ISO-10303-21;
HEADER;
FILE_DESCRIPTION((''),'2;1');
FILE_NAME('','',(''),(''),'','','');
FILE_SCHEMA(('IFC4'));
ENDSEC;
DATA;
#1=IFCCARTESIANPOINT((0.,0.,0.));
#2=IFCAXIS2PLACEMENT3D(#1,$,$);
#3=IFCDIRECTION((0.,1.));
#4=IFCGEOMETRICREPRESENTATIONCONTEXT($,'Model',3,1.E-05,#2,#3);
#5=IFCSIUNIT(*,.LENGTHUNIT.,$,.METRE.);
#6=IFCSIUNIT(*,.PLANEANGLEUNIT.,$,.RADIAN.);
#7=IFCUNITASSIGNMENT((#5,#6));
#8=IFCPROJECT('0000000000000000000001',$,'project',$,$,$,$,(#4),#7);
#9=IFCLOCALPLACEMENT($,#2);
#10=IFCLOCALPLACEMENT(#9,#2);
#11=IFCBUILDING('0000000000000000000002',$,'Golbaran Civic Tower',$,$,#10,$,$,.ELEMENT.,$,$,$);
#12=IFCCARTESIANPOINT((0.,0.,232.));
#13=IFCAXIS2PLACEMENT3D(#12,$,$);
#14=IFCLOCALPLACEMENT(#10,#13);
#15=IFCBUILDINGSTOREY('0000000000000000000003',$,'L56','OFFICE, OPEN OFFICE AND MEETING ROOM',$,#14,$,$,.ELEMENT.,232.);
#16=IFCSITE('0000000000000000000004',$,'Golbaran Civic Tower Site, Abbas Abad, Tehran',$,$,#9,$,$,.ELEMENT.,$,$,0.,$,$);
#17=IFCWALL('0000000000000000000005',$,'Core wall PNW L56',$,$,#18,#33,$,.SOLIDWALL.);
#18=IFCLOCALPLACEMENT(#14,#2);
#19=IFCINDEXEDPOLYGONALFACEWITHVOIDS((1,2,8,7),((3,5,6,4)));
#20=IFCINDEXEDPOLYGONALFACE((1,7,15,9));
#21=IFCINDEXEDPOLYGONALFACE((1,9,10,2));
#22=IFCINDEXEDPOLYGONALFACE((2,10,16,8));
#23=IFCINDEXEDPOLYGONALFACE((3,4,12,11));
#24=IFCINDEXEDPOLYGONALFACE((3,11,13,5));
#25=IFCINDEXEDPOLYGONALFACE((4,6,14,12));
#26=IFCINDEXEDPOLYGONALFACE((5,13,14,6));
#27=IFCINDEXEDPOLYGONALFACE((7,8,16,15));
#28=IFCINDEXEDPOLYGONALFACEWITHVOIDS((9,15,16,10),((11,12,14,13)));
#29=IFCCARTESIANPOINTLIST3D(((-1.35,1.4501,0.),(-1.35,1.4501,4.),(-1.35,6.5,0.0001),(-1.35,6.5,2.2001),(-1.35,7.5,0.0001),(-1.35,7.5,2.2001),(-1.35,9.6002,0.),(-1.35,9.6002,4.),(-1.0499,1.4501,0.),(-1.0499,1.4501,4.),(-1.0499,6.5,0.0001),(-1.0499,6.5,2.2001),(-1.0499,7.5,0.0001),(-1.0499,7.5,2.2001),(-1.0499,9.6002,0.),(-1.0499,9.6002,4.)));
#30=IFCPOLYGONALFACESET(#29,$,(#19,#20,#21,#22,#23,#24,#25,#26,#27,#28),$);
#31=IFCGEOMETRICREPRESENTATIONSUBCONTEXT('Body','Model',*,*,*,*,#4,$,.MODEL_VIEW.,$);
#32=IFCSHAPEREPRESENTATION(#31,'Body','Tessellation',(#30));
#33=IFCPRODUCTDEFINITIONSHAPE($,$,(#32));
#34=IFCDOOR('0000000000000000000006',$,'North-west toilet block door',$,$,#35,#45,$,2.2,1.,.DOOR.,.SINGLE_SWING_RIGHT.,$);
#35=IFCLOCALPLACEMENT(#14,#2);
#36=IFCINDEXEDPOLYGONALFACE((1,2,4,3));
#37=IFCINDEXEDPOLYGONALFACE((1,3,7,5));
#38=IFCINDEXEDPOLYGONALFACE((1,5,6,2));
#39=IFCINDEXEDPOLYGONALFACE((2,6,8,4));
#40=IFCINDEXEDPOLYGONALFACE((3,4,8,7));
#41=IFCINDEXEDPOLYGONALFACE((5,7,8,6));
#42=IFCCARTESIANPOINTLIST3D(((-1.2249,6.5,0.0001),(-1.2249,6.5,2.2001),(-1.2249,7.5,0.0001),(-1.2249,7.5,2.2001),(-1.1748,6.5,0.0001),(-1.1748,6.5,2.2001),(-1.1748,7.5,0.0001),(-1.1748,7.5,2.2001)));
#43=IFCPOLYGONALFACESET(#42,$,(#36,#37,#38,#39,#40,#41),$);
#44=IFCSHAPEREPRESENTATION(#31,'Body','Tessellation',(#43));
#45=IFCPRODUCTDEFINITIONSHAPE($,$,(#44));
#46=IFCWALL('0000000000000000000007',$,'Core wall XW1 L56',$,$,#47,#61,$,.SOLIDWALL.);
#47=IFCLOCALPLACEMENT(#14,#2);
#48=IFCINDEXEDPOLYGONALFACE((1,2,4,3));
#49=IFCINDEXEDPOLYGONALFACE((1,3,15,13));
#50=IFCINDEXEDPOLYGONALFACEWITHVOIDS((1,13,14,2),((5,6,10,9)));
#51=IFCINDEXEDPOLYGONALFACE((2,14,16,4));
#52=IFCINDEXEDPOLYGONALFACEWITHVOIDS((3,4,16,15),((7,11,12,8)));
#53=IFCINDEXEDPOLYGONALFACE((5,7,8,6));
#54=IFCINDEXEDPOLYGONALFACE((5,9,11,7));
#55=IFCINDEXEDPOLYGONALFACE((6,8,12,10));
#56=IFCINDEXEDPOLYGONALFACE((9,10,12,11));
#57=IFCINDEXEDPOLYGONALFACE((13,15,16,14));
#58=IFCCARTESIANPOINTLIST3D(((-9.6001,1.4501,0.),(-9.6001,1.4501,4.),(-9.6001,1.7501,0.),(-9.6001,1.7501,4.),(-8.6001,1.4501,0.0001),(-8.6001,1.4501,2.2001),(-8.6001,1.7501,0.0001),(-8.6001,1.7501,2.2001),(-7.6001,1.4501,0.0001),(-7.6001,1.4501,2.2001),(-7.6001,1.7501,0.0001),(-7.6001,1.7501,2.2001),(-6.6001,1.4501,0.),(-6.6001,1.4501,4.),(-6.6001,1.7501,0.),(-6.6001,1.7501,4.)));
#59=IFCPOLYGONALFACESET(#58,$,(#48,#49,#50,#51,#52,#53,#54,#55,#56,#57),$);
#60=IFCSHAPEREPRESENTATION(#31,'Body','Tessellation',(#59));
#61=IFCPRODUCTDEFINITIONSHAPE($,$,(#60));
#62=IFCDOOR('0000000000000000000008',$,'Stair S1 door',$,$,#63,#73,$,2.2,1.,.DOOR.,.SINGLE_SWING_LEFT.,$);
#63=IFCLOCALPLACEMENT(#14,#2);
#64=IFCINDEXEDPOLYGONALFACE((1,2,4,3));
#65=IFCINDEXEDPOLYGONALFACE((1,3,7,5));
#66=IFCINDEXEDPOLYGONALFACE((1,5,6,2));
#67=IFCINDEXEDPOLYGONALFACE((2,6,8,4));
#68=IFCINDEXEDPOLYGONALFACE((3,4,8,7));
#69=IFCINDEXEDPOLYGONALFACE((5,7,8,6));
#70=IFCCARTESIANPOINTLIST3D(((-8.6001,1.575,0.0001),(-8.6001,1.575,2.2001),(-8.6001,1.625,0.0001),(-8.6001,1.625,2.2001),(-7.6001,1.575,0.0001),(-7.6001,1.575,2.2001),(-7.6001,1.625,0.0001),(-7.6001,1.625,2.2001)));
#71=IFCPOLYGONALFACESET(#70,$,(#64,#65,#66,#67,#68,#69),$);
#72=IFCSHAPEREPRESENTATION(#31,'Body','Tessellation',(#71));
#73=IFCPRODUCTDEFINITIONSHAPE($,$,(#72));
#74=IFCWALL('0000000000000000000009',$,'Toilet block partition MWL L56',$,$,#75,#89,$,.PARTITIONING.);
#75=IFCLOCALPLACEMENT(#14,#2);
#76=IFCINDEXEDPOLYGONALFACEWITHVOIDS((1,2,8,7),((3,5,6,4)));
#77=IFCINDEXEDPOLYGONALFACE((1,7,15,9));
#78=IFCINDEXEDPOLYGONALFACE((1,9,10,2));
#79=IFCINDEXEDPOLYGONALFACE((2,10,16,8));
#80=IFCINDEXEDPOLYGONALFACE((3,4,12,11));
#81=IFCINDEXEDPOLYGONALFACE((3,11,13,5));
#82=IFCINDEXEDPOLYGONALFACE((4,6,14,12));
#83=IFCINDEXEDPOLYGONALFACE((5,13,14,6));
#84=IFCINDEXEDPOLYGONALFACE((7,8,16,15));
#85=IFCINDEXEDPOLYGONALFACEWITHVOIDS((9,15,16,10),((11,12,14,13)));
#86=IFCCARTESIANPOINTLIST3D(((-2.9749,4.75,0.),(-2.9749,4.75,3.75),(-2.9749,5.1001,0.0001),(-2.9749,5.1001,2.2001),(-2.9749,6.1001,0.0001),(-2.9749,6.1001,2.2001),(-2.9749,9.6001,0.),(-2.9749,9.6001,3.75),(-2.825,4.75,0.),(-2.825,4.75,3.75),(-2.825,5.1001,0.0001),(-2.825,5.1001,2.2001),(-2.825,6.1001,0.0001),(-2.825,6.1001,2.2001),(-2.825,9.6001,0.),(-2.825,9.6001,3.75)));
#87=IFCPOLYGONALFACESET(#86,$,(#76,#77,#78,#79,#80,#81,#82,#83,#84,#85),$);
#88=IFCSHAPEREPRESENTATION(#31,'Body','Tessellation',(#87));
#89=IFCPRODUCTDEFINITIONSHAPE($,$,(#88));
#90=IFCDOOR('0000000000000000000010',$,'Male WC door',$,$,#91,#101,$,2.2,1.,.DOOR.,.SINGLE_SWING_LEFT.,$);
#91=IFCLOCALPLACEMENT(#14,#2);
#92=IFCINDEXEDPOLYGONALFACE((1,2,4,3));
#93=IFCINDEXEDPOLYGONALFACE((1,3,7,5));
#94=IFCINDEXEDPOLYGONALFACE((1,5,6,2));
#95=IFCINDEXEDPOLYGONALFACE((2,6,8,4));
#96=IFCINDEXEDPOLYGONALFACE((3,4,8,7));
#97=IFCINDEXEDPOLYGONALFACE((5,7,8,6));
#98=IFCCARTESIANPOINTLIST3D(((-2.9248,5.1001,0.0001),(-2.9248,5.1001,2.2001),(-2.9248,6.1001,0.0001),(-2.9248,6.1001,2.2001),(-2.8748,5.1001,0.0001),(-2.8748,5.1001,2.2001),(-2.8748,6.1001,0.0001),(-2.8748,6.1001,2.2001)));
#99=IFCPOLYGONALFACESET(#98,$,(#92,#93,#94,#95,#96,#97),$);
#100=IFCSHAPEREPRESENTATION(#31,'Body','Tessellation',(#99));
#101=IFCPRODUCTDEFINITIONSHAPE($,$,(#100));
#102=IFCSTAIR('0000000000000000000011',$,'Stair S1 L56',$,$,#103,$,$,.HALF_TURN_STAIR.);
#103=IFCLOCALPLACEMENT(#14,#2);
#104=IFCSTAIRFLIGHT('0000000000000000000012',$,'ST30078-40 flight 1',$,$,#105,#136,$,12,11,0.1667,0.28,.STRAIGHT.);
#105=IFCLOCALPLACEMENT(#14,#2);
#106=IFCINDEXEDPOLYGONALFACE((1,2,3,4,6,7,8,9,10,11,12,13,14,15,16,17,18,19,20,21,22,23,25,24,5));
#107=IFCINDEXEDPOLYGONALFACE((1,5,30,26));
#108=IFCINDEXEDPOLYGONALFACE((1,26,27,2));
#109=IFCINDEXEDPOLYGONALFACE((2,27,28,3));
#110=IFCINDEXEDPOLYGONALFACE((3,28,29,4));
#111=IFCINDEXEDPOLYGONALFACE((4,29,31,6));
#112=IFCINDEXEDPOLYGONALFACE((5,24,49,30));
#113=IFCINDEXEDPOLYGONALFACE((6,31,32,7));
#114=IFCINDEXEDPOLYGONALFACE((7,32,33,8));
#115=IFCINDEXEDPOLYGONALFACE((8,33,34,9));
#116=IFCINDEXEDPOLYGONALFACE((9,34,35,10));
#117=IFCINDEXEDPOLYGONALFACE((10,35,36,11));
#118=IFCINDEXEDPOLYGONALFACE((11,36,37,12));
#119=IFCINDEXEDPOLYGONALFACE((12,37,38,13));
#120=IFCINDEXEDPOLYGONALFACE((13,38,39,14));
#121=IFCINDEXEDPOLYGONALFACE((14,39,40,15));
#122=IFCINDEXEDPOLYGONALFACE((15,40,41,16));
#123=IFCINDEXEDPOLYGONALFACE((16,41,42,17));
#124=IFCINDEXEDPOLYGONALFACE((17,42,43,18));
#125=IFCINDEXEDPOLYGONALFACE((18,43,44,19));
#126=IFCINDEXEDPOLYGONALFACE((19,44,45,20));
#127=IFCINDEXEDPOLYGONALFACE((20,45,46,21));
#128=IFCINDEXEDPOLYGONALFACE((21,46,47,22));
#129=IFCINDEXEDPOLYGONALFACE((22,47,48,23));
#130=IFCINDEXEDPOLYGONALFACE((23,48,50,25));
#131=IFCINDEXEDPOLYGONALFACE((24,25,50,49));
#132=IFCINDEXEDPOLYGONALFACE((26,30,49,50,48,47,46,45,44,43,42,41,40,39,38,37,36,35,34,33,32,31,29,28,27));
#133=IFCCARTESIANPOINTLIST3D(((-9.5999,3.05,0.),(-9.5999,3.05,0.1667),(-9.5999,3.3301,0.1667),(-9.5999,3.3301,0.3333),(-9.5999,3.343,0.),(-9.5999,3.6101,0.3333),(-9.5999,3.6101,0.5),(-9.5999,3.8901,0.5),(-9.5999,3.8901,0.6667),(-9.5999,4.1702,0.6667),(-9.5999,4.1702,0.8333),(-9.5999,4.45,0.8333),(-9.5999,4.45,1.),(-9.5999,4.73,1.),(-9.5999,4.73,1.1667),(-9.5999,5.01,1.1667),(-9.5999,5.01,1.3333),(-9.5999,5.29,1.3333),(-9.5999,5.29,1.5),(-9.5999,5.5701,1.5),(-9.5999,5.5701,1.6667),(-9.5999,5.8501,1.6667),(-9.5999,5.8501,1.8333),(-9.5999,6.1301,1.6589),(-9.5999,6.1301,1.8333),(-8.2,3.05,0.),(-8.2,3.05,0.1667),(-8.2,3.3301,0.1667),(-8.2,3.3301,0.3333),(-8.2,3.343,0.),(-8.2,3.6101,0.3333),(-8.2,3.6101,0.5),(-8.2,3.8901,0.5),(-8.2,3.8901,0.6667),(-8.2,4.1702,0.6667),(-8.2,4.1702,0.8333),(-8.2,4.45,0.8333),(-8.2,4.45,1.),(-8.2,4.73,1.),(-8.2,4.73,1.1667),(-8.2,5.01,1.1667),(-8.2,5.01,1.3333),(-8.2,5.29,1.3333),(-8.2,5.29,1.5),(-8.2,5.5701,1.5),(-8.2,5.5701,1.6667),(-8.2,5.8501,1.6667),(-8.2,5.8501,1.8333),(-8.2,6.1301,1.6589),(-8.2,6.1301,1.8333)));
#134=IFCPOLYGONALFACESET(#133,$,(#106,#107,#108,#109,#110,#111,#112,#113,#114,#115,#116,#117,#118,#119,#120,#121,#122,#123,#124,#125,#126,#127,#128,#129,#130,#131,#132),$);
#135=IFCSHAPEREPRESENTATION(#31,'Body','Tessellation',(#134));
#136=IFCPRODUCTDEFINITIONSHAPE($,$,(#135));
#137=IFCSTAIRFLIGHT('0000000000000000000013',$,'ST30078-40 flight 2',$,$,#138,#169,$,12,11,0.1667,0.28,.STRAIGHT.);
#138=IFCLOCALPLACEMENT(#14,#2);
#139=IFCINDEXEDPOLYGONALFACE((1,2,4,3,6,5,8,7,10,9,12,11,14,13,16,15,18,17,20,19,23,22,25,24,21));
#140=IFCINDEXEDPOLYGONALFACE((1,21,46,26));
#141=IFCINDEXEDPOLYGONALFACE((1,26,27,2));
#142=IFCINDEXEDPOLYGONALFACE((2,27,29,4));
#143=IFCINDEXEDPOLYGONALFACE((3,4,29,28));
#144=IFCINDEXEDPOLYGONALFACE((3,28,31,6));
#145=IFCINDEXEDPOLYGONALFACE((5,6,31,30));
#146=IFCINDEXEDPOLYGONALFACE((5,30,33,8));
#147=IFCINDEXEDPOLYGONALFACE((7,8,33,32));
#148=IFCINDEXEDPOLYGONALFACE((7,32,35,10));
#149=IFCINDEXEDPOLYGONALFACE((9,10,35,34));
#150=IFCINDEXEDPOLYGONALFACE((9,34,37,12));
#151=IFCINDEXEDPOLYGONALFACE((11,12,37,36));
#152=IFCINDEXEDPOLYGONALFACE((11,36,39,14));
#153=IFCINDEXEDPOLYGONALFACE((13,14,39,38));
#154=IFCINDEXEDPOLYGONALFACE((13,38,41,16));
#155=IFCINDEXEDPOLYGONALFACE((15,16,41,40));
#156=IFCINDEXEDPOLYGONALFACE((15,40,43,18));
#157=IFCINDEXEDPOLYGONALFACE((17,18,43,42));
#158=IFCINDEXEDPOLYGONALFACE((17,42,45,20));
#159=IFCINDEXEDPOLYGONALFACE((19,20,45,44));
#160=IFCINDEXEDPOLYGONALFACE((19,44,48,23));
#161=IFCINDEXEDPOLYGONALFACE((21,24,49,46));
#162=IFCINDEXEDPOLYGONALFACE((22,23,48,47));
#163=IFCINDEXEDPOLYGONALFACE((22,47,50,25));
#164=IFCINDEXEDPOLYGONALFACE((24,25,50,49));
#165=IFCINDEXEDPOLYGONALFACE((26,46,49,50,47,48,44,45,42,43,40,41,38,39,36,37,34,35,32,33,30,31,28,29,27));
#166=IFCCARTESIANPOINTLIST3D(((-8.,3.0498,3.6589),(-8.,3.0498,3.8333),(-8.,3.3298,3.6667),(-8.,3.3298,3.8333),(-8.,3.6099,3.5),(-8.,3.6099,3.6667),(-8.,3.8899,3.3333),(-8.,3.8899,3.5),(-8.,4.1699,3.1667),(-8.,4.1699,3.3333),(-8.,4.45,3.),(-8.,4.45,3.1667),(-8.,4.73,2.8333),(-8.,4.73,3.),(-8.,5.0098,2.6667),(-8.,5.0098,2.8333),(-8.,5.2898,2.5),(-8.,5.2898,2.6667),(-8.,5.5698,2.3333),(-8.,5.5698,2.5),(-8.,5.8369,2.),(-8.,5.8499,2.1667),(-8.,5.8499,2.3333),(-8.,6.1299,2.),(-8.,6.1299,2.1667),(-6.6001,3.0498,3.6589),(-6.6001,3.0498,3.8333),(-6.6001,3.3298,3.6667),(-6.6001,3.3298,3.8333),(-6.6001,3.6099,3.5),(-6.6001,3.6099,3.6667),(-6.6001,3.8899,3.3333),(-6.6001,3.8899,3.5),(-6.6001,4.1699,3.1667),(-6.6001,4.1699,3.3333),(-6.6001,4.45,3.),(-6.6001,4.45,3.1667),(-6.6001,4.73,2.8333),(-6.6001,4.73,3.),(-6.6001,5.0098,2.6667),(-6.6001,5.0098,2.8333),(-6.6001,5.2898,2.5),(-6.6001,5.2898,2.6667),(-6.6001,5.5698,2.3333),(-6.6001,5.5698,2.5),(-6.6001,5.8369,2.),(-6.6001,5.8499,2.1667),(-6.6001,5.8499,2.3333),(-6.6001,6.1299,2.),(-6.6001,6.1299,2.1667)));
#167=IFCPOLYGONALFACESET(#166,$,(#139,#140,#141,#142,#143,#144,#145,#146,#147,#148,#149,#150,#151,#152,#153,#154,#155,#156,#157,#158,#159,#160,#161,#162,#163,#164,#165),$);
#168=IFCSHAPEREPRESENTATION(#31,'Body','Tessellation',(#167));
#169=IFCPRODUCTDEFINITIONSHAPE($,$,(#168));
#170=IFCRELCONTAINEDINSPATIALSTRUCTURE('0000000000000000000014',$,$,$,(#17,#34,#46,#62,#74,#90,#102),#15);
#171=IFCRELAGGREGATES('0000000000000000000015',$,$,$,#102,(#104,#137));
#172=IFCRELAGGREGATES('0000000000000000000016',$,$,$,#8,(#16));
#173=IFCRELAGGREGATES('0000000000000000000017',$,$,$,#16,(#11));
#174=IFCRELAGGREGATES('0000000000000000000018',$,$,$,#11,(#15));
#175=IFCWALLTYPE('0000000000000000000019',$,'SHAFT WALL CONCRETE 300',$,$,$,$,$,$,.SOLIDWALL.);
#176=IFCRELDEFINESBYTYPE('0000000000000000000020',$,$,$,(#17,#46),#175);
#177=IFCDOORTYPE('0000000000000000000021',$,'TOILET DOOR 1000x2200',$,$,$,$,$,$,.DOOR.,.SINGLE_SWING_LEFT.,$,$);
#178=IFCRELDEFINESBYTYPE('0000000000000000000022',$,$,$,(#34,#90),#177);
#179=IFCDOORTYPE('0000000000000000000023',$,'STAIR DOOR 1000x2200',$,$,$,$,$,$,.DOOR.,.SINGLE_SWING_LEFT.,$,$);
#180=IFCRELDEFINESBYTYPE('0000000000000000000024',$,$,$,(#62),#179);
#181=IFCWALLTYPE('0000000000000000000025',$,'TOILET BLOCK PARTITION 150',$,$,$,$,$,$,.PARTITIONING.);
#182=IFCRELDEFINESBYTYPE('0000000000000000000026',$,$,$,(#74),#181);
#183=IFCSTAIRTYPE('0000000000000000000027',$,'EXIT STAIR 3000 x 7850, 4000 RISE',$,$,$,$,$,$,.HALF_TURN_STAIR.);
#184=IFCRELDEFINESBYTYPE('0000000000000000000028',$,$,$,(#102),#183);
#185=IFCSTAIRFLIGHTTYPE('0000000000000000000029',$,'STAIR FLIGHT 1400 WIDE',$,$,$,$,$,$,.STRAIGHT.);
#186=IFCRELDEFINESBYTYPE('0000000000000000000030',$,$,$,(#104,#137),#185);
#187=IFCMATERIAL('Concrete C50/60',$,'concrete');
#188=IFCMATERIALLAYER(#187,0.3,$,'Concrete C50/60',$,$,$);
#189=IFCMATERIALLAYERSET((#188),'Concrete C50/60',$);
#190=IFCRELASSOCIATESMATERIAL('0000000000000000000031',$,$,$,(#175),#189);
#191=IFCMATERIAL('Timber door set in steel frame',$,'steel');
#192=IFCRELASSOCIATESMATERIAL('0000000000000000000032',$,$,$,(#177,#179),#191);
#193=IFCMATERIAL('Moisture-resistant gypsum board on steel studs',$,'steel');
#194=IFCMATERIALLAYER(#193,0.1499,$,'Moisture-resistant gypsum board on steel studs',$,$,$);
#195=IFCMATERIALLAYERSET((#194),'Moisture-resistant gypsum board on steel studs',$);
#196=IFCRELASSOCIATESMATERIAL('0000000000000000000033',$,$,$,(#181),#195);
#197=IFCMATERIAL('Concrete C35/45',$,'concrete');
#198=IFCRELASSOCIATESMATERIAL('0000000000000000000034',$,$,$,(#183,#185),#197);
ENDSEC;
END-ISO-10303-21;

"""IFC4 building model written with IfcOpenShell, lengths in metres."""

from ifc_helpers import new_model, si_unit, direction, frame, frame_2d, origin, place, context, subcontext, project, spatial, polyline, rectangle, outline, extrude, material, layer, layer_set, type_object, element, fill, aggregate, save


model = new_model("IFC4")

# Units and contexts
model_context = context("Model", 3, precision=1e-05, world=origin(), true_north=direction((0.0, 1.0)))
body_context = subcontext(model_context, "Body", "Model", "MODEL_VIEW")
ifc_project = project(units=[si_unit("LENGTHUNIT", "METRE"), si_unit("PLANEANGLEUNIT", "RADIAN")], contexts=[model_context])

# Site, building, storey
site_placement = place(None, origin())
site = spatial("IfcSite", under=ifc_project, at=site_placement, Name="Golbaran Civic Tower Site, Abbas Abad, Tehran", CompositionType="ELEMENT", RefElevation=0.0)
building_placement = place(site_placement, origin())
building = spatial("IfcBuilding", under=site, at=building_placement, Name="Golbaran Civic Tower", CompositionType="ELEMENT")
storey_placement = place(building_placement, frame((0.0, 0.0, 232.0)))
storey = spatial("IfcBuildingStorey", under=building, at=storey_placement, Name="L56", Description="OFFICE, OPEN OFFICE AND MEETING ROOM", CompositionType="ELEMENT", Elevation=232.0)

# Shared definitions
ifc_material_1 = material(Name="Concrete C35/45", Category="concrete")

# Shared definitions
ifc_material_2 = material(Name="Concrete C50/60", Category="concrete")
ifc_layer_1 = layer(ifc_material_2, 0.3, Name="Concrete C50/60")
ifc_layer_set_1 = layer_set([ifc_layer_1], Name="Concrete C50/60")
wall_type_1 = type_object("IfcWallType", Name="SHAFT WALL CONCRETE 300", PredefinedType="SOLIDWALL", material=ifc_layer_set_1)

# Walls, openings, doors
wall_1_placement = place(storey_placement, frame((-1.2, 1.45, 0.0), z_axis=(0.0, 0.0, 1.0), x_axis=(0.0, 1.0, 0.0)))
wall_1 = element("IfcWall", 1, at=wall_1_placement, inside=storey, type_object=wall_type_1, Name="Core wall PNW L56", PredefinedType="SOLIDWALL", context=body_context, shape_type="SweptSolid", body=[
    extrude(rectangle(XDim=8.1501, YDim=0.3, at=frame_2d((4.0752, 0.0))), origin(), (0.0, 0.0, 1.0), 4.0),
])
opening_1_placement = place(wall_1_placement, frame((5.05, 0.0, 0.0)))
opening_1 = element("IfcOpeningElement", 2, at=opening_1_placement, cuts=wall_1, PredefinedType="OPENING", context=body_context, shape_type="SweptSolid", body=[
    extrude(rectangle(XDim=1.0, YDim=2.2, at=frame_2d((0.5, 1.1001))), frame((0.0, 0.1599, 0.0), z_axis=(0.0, -1.0, 0.0), x_axis=(1.0, 0.0, 0.0)), (0.0, 0.0, 1.0), 0.3201),
])
ifc_material_3 = material(Name="Timber door set in steel frame", Category="steel")
door_type_1 = type_object("IfcDoorType", Name="TOILET DOOR 1000x2200", OperationType="SINGLE_SWING_LEFT", PredefinedType="DOOR", material=ifc_material_3)
door_1_placement = place(opening_1_placement, origin())
door_1 = element("IfcDoor", 3, at=door_1_placement, inside=storey, type_object=door_type_1, Name="North-west toilet block door", OperationType="SINGLE_SWING_RIGHT", OverallHeight=2.2, OverallWidth=1.0, PredefinedType="DOOR", context=body_context, shape_type="SweptSolid", body=[
    extrude(rectangle(XDim=1.0, YDim=2.2, at=frame_2d((0.5, 1.1001))), frame((0.0, 0.0249, 0.0), z_axis=(0.0, -1.0, 0.0), x_axis=(1.0, 0.0, 0.0)), (0.0, 0.0, 1.0), 0.05),
])
fill(opening_1, door_1)
wall_2_placement = place(storey_placement, frame((-9.6001, 1.6001, 0.0), z_axis=(0.0, 0.0, 1.0), x_axis=(1.0, 0.0, 0.0)))
wall_2 = element("IfcWall", 4, at=wall_2_placement, inside=storey, type_object=wall_type_1, Name="Core wall XW1 L56", PredefinedType="SOLIDWALL", context=body_context, shape_type="SweptSolid", body=[
    extrude(rectangle(XDim=3.0, YDim=0.3, at=frame_2d((1.5, 0.0))), origin(), (0.0, 0.0, 1.0), 4.0),
])
opening_2_placement = place(wall_2_placement, frame((1.0, 0.0, 0.0)))
opening_2 = element("IfcOpeningElement", 5, at=opening_2_placement, cuts=wall_2, PredefinedType="OPENING", context=body_context, shape_type="SweptSolid", body=[
    extrude(rectangle(XDim=1.0, YDim=2.2, at=frame_2d((0.5, 1.1001))), frame((0.0, 0.1599, 0.0), z_axis=(0.0, -1.0, 0.0), x_axis=(1.0, 0.0, 0.0)), (0.0, 0.0, 1.0), 0.3201),
])
door_type_2 = type_object("IfcDoorType", Name="STAIR DOOR 1000x2200", OperationType="SINGLE_SWING_LEFT", PredefinedType="DOOR", material=ifc_material_3)
door_2_placement = place(opening_2_placement, origin())
door_2 = element("IfcDoor", 6, at=door_2_placement, inside=storey, type_object=door_type_2, Name="Stair S1 door", OperationType="SINGLE_SWING_LEFT", OverallHeight=2.2, OverallWidth=1.0, PredefinedType="DOOR", context=body_context, shape_type="SweptSolid", body=[
    extrude(rectangle(XDim=1.0, YDim=2.2, at=frame_2d((0.5, 1.1001))), frame((0.0, 0.0249, 0.0), z_axis=(0.0, -1.0, 0.0), x_axis=(1.0, 0.0, 0.0)), (0.0, 0.0, 1.0), 0.05),
])
fill(opening_2, door_2)
ifc_material_4 = material(Name="Moisture-resistant gypsum board on steel studs", Category="steel")
ifc_layer_2 = layer(ifc_material_4, 0.1499, Name="Moisture-resistant gypsum board on steel studs")
ifc_layer_set_2 = layer_set([ifc_layer_2], Name="Moisture-resistant gypsum board on steel studs")
wall_type_2 = type_object("IfcWallType", Name="TOILET BLOCK PARTITION 150", PredefinedType="PARTITIONING", material=ifc_layer_set_2)
wall_3_placement = place(storey_placement, frame((-2.8999, 4.75, 0.0), z_axis=(0.0, 0.0, 1.0), x_axis=(0.0, 1.0, 0.0)))
wall_3 = element("IfcWall", 7, at=wall_3_placement, inside=storey, type_object=wall_type_2, Name="Toilet block partition MWL L56", PredefinedType="PARTITIONING", context=body_context, shape_type="SweptSolid", body=[
    extrude(rectangle(XDim=4.8501, YDim=0.1499, at=frame_2d((2.425, 0.0))), origin(), (0.0, 0.0, 1.0), 3.75),
])
opening_3_placement = place(wall_3_placement, frame((0.3501, 0.0, 0.0)))
opening_3 = element("IfcOpeningElement", 8, at=opening_3_placement, cuts=wall_3, PredefinedType="OPENING", context=body_context, shape_type="SweptSolid", body=[
    extrude(rectangle(XDim=1.0, YDim=2.2, at=frame_2d((0.5, 1.1001))), frame((0.0, 0.085, 0.0), z_axis=(0.0, -1.0, 0.0), x_axis=(1.0, 0.0, 0.0)), (0.0, 0.0, 1.0), 0.1699),
])
door_3_placement = place(opening_3_placement, origin())
door_3 = element("IfcDoor", 9, at=door_3_placement, inside=storey, type_object=door_type_1, Name="Male WC door", OperationType="SINGLE_SWING_LEFT", OverallHeight=2.2, OverallWidth=1.0, PredefinedType="DOOR", context=body_context, shape_type="SweptSolid", body=[
    extrude(rectangle(XDim=1.0, YDim=2.2, at=frame_2d((0.5, 1.1001))), frame((0.0, 0.0249, 0.0), z_axis=(0.0, -1.0, 0.0), x_axis=(1.0, 0.0, 0.0)), (0.0, 0.0, 1.0), 0.05),
])
fill(opening_3, door_3)

# Stair, stair flights
stair_type = type_object("IfcStairType", Name="EXIT STAIR 3000 x 7850, 4000 RISE", PredefinedType="HALF_TURN_STAIR", material=ifc_material_1)
stair_placement = place(storey_placement, origin())
stair = element("IfcStair", 10, at=stair_placement, inside=storey, type_object=stair_type, Name="Stair S1 L56", PredefinedType="HALF_TURN_STAIR")
stair_flight_type = type_object("IfcStairFlightType", Name="STAIR FLIGHT 1400 WIDE", PredefinedType="STRAIGHT", material=ifc_material_1)
stair_flight_1_placement = place(storey_placement, frame((-8.8999, 3.05, 0.0), z_axis=(0.0, 0.0, 1.0), x_axis=(0.0, 1.0, 0.0)))
stair_flight_1 = element("IfcStairFlight", 11, at=stair_flight_1_placement, type_object=stair_flight_type, Name="ST30078-40 flight 1", NumberOfRisers=12, NumberOfTreads=11, PredefinedType="STRAIGHT", RiserHeight=0.1667, TreadLength=0.28, context=body_context, shape_type="SweptSolid", body=[
    extrude(outline(polyline([(0.0, 0.0), (0.0, 0.1667), (0.28, 0.1667), (0.28, 0.3333), (0.5601, 0.3333), (0.5601, 0.5), (0.8401, 0.5), (0.8401, 0.6667), (1.1201, 0.6667), (1.1201, 0.8333), (1.3999, 0.8333), (1.3999, 1.0), (1.6799, 1.0), (1.6799, 1.1667), (1.96, 1.1667), (1.96, 1.3333), (2.24, 1.3333), (2.24, 1.5), (2.52, 1.5), (2.52, 1.6667), (2.8, 1.6667), (2.8, 1.8333), (3.0801, 1.8333), (3.0801, 2.0), (3.0801, 1.6589), (0.293, 0.0), (0.0, 0.0)])), frame((0.0, 0.7, 0.0), z_axis=(0.0, -1.0, 0.0), x_axis=(1.0, 0.0, 0.0)), (0.0, 0.0, 1.0), 1.3999),
])
stair_flight_2_placement = place(storey_placement, frame((-7.3, 6.1299, 2.0), z_axis=(0.0, 0.0, 1.0), x_axis=(0.0, -1.0, 0.0)))
stair_flight_2 = element("IfcStairFlight", 12, at=stair_flight_2_placement, type_object=stair_flight_type, Name="ST30078-40 flight 2", NumberOfRisers=12, NumberOfTreads=11, PredefinedType="STRAIGHT", RiserHeight=0.1667, TreadLength=0.28, context=body_context, shape_type="SweptSolid", body=[
    extrude(outline(polyline([(0.0, 0.0), (0.0, 0.1667), (0.28, 0.1667), (0.28, 0.3333), (0.5601, 0.3333), (0.5601, 0.5), (0.8401, 0.5), (0.8401, 0.6667), (1.1201, 0.6667), (1.1201, 0.8333), (1.3999, 0.8333), (1.3999, 1.0), (1.6799, 1.0), (1.6799, 1.1667), (1.96, 1.1667), (1.96, 1.3333), (2.24, 1.3333), (2.24, 1.5), (2.52, 1.5), (2.52, 1.6667), (2.8, 1.6667), (2.8, 1.8333), (3.0801, 1.8333), (3.0801, 2.0), (3.0801, 1.6589), (0.293, 0.0), (0.0, 0.0)])), frame((0.0, 0.7, 0.0), z_axis=(0.0, -1.0, 0.0), x_axis=(1.0, 0.0, 0.0)), (0.0, 0.0, 1.0), 1.3999),
])
aggregate(stair, [stair_flight_1, stair_flight_2])

save(model, "model.ifc")
